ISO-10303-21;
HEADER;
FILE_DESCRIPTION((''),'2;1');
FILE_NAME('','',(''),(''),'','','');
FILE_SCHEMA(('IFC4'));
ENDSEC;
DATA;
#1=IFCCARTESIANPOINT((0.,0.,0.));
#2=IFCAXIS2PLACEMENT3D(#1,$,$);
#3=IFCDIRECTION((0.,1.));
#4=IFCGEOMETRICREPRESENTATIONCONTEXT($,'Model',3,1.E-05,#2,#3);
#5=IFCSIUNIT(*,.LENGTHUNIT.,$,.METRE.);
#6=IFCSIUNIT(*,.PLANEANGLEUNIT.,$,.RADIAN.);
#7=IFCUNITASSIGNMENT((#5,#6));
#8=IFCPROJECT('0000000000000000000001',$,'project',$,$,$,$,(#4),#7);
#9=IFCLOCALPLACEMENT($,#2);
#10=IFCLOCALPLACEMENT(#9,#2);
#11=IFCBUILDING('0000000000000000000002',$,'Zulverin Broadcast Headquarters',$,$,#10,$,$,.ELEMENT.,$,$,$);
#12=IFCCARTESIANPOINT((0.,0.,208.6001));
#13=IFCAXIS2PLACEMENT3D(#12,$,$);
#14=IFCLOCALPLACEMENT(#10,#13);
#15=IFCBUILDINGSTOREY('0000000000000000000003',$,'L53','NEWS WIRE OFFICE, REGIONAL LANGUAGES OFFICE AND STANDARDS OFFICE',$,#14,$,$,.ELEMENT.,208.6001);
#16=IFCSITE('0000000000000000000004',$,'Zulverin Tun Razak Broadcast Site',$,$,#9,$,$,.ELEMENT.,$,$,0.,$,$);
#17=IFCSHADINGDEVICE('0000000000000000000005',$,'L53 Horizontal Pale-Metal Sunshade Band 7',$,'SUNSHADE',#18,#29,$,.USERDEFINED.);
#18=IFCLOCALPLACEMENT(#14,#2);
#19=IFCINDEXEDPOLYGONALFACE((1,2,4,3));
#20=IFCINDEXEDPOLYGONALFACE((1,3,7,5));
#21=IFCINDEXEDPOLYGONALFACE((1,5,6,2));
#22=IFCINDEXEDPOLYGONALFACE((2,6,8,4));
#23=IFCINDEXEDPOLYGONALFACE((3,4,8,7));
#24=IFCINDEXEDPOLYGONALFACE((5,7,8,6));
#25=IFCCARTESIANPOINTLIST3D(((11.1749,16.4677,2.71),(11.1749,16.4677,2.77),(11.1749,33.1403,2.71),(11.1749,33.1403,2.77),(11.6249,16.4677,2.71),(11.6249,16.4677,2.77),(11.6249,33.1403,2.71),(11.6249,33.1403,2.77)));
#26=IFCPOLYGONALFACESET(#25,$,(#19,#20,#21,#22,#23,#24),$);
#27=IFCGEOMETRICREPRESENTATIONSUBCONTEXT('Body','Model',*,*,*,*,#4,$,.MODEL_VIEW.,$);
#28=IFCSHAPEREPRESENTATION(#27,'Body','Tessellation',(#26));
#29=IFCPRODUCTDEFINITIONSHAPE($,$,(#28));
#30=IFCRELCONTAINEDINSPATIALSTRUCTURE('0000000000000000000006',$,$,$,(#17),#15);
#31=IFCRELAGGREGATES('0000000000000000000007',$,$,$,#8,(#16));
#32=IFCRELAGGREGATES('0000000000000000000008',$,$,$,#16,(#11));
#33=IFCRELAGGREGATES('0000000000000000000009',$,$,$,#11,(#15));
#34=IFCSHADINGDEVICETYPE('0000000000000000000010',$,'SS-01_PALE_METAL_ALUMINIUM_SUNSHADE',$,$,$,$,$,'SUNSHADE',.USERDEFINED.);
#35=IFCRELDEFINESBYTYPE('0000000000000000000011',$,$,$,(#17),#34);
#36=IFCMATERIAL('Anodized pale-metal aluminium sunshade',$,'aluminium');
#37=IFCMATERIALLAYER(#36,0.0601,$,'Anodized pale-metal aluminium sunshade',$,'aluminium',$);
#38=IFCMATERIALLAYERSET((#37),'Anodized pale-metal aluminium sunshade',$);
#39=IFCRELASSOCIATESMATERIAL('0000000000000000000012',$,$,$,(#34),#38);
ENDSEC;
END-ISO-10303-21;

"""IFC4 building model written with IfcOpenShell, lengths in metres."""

from ifc_helpers import new_model, si_unit, direction, frame, origin, origin_2d, place, context, subcontext, project, spatial, rectangle, extrude, material, layer, layer_set, type_object, element, save


model = new_model("IFC4")

# Units and contexts
model_context = context("Model", 3, precision=1e-05, world=origin(), true_north=direction((0.0, 1.0)))
body_context = subcontext(model_context, "Body", "Model", "MODEL_VIEW")
ifc_project = project(units=[si_unit("LENGTHUNIT", "METRE"), si_unit("PLANEANGLEUNIT", "RADIAN")], contexts=[model_context])

# Site, building, storey
site_placement = place(None, origin())
site = spatial("IfcSite", under=ifc_project, at=site_placement, Name="Zulverin Tun Razak Broadcast Site", CompositionType="ELEMENT", RefElevation=0.0)
building_placement = place(site_placement, origin())
building = spatial("IfcBuilding", under=site, at=building_placement, Name="Zulverin Broadcast Headquarters", CompositionType="ELEMENT")
storey_placement = place(building_placement, frame((0.0, 0.0, 208.6001)))
storey = spatial("IfcBuildingStorey", under=building, at=storey_placement, Name="L53", Description="NEWS WIRE OFFICE, REGIONAL LANGUAGES OFFICE AND STANDARDS OFFICE", CompositionType="ELEMENT", Elevation=208.6001)

# Shading device
ifc_material_1 = material(Name="Anodized pale-metal aluminium sunshade", Category="aluminium")
ifc_layer_1 = layer(ifc_material_1, 0.0601, Name="Anodized pale-metal aluminium sunshade", Category="aluminium")
ifc_layer_set_1 = layer_set([ifc_layer_1], Name="Anodized pale-metal aluminium sunshade")
shading_device_type = type_object("IfcShadingDeviceType", Name="SS-01_PALE_METAL_ALUMINIUM_SUNSHADE", ElementType="SUNSHADE", PredefinedType="USERDEFINED", material=ifc_layer_set_1)
shading_device_placement = place(storey_placement, frame((11.3999, 24.804, 2.71), z_axis=(0.0, 0.0, 1.0), x_axis=(0.0, -1.0, 0.0)))
element("IfcShadingDevice", 1, at=shading_device_placement, inside=storey, type_object=shading_device_type, Name="L53 Horizontal Pale-Metal Sunshade Band 7", ObjectType="SUNSHADE", PredefinedType="USERDEFINED", context=body_context, shape_type="SweptSolid", body=[
    extrude(rectangle(XDim=16.6726, YDim=0.45, at=origin_2d()), origin(), (0.0, 0.0, 1.0), 0.0601),
])

save(model, "model.ifc")
